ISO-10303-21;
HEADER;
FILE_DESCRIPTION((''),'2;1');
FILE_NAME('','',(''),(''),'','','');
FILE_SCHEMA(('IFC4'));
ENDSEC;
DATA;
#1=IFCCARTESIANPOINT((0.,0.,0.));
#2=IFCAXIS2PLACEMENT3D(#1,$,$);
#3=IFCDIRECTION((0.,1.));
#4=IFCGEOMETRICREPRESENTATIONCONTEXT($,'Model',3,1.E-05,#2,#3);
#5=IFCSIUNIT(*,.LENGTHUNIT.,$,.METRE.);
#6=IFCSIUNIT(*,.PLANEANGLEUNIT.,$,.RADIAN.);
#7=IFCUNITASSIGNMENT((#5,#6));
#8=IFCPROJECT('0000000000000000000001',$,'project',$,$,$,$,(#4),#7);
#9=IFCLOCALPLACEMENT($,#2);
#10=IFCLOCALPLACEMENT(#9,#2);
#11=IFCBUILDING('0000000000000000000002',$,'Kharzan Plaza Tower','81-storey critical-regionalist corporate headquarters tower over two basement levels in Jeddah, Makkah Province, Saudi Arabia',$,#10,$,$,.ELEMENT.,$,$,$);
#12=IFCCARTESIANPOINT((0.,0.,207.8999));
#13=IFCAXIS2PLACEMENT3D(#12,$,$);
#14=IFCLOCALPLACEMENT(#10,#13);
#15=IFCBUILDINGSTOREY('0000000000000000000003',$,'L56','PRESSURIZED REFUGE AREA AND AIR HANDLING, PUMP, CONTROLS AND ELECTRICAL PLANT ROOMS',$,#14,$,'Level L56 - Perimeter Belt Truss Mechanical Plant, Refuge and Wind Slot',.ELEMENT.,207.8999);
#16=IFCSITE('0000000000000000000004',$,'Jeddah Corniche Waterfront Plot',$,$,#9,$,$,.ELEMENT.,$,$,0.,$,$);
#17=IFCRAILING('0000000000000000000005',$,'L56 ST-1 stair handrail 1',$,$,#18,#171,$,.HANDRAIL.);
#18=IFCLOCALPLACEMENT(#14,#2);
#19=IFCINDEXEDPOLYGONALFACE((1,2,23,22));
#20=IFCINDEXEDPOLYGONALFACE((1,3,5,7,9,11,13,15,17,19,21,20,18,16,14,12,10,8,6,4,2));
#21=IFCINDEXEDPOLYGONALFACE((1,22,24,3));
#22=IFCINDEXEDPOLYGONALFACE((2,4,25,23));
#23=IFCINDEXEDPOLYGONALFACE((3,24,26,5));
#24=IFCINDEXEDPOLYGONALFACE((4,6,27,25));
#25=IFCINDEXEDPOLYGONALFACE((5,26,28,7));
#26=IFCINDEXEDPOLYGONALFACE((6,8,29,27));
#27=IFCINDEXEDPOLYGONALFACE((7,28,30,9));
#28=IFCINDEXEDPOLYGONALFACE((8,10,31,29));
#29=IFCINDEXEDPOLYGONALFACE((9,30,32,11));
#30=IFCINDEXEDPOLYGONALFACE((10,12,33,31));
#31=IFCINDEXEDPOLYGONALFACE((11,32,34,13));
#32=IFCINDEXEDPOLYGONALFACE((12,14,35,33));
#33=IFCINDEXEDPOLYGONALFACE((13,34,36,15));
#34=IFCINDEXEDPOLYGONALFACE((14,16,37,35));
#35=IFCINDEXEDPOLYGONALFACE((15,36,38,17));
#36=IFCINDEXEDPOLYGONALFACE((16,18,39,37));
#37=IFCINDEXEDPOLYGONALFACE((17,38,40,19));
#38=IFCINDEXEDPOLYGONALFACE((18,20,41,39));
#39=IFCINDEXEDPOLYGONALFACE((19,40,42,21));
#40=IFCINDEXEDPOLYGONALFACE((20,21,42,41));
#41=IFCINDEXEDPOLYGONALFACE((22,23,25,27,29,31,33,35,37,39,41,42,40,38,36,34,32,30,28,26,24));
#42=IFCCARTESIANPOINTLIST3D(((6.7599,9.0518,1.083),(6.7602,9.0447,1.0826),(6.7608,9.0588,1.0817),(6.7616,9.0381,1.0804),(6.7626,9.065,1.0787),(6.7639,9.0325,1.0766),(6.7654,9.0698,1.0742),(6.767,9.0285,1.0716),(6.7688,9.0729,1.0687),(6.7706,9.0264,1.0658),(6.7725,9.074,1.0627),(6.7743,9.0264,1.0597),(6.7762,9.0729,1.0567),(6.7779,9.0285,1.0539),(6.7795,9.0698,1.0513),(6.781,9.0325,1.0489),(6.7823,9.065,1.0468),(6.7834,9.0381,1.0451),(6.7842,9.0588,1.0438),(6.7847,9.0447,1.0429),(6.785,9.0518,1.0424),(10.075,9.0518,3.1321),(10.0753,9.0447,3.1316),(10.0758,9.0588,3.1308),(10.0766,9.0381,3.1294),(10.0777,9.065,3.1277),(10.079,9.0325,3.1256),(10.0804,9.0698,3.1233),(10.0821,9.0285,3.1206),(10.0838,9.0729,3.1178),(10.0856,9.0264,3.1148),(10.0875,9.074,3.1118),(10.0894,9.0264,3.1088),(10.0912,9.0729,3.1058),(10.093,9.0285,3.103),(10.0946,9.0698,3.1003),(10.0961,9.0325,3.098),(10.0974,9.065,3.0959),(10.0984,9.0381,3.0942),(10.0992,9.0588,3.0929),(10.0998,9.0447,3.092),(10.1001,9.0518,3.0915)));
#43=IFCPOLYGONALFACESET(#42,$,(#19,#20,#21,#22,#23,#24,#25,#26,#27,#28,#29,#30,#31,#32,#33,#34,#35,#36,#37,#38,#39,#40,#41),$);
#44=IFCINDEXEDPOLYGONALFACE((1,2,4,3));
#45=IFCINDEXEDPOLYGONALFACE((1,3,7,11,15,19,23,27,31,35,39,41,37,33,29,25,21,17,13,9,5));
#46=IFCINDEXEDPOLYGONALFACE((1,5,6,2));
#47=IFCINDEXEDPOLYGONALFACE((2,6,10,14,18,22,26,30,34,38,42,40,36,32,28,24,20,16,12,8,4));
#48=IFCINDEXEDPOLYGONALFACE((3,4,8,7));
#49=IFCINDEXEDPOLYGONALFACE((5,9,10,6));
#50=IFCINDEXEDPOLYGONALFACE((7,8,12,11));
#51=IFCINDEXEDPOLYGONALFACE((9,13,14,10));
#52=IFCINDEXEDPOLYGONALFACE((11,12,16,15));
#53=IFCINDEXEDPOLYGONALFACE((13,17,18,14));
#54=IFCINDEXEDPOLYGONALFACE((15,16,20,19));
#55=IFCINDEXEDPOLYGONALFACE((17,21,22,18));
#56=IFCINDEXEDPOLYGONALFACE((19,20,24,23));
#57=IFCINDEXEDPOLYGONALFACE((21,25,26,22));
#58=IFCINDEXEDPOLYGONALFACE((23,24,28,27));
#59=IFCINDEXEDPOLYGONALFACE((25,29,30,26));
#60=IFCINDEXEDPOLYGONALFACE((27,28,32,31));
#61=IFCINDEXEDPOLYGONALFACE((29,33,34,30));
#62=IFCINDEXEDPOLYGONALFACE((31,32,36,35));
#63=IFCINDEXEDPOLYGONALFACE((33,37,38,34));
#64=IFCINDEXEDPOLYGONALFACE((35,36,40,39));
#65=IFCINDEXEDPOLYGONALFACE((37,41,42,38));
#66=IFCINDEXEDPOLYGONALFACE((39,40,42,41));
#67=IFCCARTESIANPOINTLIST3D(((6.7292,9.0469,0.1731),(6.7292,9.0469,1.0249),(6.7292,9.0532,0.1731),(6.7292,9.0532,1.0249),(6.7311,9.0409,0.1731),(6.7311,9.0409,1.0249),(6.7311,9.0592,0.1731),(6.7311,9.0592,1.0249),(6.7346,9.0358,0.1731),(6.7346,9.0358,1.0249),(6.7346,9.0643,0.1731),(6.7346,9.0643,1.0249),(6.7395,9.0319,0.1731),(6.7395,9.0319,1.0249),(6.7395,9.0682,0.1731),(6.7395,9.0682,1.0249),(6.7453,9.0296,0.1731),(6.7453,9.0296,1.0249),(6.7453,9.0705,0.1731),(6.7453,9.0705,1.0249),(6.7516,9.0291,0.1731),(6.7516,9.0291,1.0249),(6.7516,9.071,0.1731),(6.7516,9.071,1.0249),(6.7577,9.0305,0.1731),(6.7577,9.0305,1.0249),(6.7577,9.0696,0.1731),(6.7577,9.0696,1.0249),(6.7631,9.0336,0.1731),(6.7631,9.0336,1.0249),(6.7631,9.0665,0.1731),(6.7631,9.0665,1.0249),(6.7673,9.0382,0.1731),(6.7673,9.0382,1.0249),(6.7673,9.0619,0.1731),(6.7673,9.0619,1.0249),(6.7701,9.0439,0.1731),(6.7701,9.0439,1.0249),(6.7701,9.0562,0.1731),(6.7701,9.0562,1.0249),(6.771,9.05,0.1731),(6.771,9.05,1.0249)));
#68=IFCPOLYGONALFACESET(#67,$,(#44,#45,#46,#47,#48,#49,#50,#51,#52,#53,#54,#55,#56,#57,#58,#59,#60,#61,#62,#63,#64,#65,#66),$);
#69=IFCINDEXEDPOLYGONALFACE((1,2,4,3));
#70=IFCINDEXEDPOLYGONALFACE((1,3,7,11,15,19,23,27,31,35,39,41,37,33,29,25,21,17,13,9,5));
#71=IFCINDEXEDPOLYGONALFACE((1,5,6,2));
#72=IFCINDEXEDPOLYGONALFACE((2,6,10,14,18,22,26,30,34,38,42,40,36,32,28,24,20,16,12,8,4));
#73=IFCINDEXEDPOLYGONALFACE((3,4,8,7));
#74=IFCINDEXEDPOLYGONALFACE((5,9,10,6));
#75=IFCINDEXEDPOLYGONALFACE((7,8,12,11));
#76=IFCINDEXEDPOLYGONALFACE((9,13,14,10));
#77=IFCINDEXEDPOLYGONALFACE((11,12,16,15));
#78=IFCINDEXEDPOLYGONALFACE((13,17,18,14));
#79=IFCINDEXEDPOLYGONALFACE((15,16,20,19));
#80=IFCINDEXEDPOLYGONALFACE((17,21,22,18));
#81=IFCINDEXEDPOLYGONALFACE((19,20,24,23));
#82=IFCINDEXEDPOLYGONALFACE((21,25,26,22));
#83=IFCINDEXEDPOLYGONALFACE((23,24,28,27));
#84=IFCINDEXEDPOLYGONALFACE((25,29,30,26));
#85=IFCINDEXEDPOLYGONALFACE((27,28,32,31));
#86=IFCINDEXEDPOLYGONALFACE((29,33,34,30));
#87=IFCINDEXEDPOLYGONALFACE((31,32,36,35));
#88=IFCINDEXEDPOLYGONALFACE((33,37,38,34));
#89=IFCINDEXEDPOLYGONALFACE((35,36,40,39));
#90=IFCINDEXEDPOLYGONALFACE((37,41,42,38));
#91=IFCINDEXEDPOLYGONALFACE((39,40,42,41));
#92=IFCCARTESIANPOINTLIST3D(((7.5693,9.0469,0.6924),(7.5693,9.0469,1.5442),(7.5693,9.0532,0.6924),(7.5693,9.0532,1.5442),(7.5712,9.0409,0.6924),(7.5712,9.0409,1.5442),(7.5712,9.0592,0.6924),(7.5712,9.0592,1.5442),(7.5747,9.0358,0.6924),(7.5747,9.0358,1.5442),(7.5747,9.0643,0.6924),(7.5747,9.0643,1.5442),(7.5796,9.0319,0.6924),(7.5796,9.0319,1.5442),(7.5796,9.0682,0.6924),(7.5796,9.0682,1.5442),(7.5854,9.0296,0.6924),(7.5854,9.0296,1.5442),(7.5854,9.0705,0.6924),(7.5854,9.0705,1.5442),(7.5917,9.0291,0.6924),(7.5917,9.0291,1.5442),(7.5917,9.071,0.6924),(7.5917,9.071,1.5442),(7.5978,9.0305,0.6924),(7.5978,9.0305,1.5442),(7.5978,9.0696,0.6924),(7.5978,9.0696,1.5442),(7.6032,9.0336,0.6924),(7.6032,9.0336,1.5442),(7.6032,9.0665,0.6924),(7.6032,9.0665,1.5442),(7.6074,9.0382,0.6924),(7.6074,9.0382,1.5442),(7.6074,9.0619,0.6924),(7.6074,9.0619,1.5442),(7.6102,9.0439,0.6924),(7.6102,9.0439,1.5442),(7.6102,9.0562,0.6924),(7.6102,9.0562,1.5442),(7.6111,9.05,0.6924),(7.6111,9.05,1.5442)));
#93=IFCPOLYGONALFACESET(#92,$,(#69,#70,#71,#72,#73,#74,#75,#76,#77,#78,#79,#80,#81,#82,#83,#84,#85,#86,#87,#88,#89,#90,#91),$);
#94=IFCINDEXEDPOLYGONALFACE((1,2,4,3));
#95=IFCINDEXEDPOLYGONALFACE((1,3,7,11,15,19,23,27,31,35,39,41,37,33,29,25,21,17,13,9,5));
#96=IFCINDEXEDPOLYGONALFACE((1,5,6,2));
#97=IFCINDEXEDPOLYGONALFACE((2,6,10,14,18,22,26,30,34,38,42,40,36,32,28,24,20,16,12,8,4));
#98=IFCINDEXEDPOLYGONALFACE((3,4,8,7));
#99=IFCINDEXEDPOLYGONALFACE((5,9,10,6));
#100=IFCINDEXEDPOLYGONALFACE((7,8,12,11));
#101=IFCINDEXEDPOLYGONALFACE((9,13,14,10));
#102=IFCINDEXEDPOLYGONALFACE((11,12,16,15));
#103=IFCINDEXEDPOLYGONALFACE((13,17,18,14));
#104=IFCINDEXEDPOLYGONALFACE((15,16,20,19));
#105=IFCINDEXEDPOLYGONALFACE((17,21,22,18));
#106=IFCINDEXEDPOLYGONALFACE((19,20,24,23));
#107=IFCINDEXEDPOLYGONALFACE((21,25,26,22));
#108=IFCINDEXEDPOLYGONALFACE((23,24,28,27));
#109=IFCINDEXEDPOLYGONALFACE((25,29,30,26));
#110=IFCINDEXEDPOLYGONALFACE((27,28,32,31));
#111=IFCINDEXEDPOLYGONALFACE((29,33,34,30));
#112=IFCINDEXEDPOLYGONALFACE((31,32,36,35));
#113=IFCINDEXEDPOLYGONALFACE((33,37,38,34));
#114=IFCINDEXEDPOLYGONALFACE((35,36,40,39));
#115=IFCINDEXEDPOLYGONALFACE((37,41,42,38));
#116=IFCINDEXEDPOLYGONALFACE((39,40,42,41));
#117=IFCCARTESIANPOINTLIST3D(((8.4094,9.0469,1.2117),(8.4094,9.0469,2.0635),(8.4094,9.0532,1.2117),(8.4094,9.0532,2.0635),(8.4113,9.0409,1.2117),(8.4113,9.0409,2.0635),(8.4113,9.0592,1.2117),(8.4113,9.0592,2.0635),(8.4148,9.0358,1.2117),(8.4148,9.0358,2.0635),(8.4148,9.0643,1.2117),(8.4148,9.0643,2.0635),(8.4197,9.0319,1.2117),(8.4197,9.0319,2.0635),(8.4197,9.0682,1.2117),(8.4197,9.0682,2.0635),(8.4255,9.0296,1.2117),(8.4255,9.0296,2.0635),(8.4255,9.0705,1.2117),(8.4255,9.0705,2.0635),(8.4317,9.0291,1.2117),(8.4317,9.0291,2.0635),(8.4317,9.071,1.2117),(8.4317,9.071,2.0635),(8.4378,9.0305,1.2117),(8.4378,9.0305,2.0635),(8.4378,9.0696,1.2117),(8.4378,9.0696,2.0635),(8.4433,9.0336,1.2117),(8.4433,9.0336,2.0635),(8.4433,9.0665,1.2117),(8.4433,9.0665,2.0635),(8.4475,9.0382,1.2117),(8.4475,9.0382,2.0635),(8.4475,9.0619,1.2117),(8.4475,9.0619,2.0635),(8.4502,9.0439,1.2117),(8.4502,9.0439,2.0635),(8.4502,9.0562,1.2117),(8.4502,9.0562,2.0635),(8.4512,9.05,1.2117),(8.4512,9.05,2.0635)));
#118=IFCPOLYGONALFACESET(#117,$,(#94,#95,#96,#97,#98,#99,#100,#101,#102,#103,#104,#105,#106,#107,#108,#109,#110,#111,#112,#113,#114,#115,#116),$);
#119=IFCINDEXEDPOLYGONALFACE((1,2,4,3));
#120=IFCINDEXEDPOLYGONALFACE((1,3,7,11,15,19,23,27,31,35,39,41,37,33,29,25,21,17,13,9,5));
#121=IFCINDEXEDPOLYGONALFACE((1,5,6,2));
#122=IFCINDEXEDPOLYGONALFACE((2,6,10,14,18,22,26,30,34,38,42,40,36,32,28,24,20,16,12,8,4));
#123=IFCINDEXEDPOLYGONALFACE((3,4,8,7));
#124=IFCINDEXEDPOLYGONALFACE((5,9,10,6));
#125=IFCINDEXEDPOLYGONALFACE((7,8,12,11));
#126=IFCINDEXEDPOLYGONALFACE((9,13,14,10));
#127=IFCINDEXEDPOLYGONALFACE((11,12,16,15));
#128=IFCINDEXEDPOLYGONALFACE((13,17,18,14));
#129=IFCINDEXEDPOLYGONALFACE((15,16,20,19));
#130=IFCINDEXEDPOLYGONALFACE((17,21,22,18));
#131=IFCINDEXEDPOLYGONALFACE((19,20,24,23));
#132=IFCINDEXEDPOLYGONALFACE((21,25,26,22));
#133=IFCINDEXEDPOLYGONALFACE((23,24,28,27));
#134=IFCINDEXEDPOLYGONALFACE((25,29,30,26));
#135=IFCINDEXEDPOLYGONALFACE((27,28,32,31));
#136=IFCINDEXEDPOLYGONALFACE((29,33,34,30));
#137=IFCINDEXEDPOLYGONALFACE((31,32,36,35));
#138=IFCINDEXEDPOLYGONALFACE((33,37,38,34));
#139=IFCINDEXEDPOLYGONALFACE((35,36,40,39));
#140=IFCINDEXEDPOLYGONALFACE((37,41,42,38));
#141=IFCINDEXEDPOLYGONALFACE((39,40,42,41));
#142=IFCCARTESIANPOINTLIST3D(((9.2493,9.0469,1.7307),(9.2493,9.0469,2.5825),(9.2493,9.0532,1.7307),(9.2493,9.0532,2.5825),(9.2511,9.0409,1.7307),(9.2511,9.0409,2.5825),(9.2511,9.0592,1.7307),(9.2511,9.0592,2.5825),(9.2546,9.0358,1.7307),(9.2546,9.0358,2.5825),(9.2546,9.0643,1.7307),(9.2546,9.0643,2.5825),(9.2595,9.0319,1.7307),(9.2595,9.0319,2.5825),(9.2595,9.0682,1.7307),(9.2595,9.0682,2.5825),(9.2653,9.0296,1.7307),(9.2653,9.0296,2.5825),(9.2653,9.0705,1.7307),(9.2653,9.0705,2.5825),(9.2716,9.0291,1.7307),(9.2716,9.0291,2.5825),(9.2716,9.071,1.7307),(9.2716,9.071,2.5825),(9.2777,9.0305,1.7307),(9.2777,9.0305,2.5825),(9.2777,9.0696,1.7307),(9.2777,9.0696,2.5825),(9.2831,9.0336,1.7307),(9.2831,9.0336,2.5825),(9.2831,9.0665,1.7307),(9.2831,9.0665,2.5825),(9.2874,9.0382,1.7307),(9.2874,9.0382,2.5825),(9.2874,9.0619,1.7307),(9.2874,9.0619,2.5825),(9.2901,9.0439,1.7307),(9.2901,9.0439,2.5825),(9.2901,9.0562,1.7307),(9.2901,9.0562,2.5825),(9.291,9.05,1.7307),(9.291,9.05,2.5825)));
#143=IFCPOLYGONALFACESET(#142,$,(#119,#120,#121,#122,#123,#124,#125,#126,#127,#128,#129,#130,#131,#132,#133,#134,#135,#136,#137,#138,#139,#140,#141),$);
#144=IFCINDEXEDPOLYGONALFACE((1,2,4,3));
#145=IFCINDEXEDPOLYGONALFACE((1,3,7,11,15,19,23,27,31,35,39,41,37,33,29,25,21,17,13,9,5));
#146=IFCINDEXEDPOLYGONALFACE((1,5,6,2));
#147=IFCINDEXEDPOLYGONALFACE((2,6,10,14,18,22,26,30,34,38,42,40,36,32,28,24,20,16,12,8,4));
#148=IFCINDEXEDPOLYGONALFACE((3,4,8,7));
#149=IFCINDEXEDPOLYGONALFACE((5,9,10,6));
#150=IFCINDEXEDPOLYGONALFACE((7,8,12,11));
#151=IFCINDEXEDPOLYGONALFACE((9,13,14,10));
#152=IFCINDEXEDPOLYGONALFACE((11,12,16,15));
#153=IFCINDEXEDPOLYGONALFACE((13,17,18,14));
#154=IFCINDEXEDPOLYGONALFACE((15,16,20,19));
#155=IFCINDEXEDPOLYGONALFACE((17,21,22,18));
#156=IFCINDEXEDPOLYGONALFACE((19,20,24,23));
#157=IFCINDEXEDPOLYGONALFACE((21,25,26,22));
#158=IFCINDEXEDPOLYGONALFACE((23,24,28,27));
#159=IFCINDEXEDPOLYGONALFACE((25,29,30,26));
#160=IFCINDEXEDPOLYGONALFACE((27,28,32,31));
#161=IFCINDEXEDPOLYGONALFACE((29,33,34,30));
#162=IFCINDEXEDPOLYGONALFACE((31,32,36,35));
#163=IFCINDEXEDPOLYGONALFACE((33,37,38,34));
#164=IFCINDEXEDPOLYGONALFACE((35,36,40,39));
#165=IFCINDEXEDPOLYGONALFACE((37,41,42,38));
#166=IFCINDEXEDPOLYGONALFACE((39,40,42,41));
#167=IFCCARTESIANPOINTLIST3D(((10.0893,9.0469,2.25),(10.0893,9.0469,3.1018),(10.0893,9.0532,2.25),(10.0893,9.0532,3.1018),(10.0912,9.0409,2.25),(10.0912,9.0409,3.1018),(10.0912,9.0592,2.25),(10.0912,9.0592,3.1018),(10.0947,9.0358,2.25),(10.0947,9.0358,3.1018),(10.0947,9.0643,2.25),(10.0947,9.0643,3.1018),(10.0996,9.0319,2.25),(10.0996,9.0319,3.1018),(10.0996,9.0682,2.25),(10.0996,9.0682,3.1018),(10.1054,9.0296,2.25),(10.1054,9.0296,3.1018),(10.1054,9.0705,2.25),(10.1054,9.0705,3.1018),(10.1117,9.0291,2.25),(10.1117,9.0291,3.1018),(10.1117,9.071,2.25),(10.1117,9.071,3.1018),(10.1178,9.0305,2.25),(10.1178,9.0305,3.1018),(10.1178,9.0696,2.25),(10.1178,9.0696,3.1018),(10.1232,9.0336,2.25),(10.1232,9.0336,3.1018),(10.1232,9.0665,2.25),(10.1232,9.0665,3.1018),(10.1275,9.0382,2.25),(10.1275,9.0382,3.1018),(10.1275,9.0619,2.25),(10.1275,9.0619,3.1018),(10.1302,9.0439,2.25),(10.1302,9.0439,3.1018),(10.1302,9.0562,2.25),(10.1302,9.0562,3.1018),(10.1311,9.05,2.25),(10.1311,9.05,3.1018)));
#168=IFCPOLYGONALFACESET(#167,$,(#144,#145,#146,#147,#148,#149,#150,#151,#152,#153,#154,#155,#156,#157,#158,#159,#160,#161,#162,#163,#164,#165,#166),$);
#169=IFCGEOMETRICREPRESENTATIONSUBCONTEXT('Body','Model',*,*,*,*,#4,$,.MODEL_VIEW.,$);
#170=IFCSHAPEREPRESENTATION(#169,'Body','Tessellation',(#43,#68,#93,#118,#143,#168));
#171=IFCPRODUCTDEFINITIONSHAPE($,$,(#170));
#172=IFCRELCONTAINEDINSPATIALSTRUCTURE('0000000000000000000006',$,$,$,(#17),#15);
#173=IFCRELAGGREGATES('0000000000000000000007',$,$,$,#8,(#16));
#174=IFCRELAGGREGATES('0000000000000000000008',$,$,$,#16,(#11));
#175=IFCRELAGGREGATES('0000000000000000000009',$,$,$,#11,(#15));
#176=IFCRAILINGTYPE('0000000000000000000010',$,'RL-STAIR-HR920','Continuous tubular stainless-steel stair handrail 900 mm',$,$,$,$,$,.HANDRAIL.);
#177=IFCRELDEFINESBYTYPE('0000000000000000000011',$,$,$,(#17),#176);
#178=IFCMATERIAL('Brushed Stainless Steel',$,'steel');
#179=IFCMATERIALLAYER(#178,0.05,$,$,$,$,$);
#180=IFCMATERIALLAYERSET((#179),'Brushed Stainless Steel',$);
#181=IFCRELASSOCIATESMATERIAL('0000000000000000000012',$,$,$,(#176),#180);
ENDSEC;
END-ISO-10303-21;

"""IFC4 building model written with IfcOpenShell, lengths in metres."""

from ifc_helpers import new_model, si_unit, direction, frame, origin, origin_2d, place, context, subcontext, project, spatial, circle, extrude, source, transform, mapped, material, layer, layer_set, type_object, element, save


model = new_model("IFC4")

# Units and contexts
model_context = context("Model", 3, precision=1e-05, world=origin(), true_north=direction((0.0, 1.0)))
body_context = subcontext(model_context, "Body", "Model", "MODEL_VIEW")
ifc_project = project(units=[si_unit("LENGTHUNIT", "METRE"), si_unit("PLANEANGLEUNIT", "RADIAN")], contexts=[model_context])

# Site, building, storey
site_placement = place(None, origin())
site = spatial("IfcSite", under=ifc_project, at=site_placement, Name="Jeddah Corniche Waterfront Plot", CompositionType="ELEMENT", RefElevation=0.0)
building_placement = place(site_placement, origin())
building = spatial("IfcBuilding", under=site, at=building_placement, Name="Kharzan Plaza Tower", Description="81-storey critical-regionalist corporate headquarters tower over two basement levels in Jeddah, Makkah Province, Saudi Arabia", CompositionType="ELEMENT")
storey_placement = place(building_placement, frame((0.0, 0.0, 207.8999)))
storey = spatial("IfcBuildingStorey", under=building, at=storey_placement, Name="L56", Description="PRESSURIZED REFUGE AREA AND AIR HANDLING, PUMP, CONTROLS AND ELECTRICAL PLANT ROOMS", LongName="Level L56 - Perimeter Belt Truss Mechanical Plant, Refuge and Wind Slot", CompositionType="ELEMENT", Elevation=207.8999)

# Railing
ifc_material_1 = material(Name="Brushed Stainless Steel", Category="steel")
ifc_layer_1 = layer(ifc_material_1, 0.05)
ifc_layer_set_1 = layer_set([ifc_layer_1], Name="Brushed Stainless Steel")
railing_type_1 = type_object("IfcRailingType", Name="RL-STAIR-HR920", Description="Continuous tubular stainless-steel stair handrail 900 mm", PredefinedType="HANDRAIL", material=ifc_layer_set_1)
shared_shape_1 = source(origin(), body_context, "Body", "SweptSolid", [
    extrude(circle(Radius=0.0239, at=origin_2d()), frame((0.0225, 0.0, 0.8896), z_axis=(0.850623, 0.0, 0.525776), x_axis=(0.0, 1.0, 0.0)), (0.0, 0.0, 1.0), 3.8972),
    extrude(circle(Radius=0.021, at=origin_2d()), origin(), (0.0, 0.0, 1.0), 0.8518),
    extrude(circle(Radius=0.021, at=origin_2d()), frame((0.8401, 0.0, 0.5193)), (0.0, 0.0, 1.0), 0.8518),
    extrude(circle(Radius=0.021, at=origin_2d()), frame((1.6802, 0.0, 1.0386)), (0.0, 0.0, 1.0), 0.8518),
    extrude(circle(Radius=0.021, at=origin_2d()), frame((2.52, 0.0, 1.5576)), (0.0, 0.0, 1.0), 0.8518),
    extrude(circle(Radius=0.021, at=origin_2d()), frame((3.3601, 0.0, 2.0769)), (0.0, 0.0, 1.0), 0.8518),
])
railing_1_placement = place(storey_placement, frame((6.75, 9.05, 0.1731)))
element("IfcRailing", 1, at=railing_1_placement, inside=storey, type_object=railing_type_1, Name="L56 ST-1 stair handrail 1", PredefinedType="HANDRAIL", context=body_context, shape_type="MappedRepresentation", body=[
    mapped(shared_shape_1, transform((0.0, 0.0, 0.0), x_axis=(1.0, 0.0, 0.0), y_axis=(0.0, 1.0, 0.0), z_axis=(0.0, 0.0, 1.0))),
])

save(model, "model.ifc")
